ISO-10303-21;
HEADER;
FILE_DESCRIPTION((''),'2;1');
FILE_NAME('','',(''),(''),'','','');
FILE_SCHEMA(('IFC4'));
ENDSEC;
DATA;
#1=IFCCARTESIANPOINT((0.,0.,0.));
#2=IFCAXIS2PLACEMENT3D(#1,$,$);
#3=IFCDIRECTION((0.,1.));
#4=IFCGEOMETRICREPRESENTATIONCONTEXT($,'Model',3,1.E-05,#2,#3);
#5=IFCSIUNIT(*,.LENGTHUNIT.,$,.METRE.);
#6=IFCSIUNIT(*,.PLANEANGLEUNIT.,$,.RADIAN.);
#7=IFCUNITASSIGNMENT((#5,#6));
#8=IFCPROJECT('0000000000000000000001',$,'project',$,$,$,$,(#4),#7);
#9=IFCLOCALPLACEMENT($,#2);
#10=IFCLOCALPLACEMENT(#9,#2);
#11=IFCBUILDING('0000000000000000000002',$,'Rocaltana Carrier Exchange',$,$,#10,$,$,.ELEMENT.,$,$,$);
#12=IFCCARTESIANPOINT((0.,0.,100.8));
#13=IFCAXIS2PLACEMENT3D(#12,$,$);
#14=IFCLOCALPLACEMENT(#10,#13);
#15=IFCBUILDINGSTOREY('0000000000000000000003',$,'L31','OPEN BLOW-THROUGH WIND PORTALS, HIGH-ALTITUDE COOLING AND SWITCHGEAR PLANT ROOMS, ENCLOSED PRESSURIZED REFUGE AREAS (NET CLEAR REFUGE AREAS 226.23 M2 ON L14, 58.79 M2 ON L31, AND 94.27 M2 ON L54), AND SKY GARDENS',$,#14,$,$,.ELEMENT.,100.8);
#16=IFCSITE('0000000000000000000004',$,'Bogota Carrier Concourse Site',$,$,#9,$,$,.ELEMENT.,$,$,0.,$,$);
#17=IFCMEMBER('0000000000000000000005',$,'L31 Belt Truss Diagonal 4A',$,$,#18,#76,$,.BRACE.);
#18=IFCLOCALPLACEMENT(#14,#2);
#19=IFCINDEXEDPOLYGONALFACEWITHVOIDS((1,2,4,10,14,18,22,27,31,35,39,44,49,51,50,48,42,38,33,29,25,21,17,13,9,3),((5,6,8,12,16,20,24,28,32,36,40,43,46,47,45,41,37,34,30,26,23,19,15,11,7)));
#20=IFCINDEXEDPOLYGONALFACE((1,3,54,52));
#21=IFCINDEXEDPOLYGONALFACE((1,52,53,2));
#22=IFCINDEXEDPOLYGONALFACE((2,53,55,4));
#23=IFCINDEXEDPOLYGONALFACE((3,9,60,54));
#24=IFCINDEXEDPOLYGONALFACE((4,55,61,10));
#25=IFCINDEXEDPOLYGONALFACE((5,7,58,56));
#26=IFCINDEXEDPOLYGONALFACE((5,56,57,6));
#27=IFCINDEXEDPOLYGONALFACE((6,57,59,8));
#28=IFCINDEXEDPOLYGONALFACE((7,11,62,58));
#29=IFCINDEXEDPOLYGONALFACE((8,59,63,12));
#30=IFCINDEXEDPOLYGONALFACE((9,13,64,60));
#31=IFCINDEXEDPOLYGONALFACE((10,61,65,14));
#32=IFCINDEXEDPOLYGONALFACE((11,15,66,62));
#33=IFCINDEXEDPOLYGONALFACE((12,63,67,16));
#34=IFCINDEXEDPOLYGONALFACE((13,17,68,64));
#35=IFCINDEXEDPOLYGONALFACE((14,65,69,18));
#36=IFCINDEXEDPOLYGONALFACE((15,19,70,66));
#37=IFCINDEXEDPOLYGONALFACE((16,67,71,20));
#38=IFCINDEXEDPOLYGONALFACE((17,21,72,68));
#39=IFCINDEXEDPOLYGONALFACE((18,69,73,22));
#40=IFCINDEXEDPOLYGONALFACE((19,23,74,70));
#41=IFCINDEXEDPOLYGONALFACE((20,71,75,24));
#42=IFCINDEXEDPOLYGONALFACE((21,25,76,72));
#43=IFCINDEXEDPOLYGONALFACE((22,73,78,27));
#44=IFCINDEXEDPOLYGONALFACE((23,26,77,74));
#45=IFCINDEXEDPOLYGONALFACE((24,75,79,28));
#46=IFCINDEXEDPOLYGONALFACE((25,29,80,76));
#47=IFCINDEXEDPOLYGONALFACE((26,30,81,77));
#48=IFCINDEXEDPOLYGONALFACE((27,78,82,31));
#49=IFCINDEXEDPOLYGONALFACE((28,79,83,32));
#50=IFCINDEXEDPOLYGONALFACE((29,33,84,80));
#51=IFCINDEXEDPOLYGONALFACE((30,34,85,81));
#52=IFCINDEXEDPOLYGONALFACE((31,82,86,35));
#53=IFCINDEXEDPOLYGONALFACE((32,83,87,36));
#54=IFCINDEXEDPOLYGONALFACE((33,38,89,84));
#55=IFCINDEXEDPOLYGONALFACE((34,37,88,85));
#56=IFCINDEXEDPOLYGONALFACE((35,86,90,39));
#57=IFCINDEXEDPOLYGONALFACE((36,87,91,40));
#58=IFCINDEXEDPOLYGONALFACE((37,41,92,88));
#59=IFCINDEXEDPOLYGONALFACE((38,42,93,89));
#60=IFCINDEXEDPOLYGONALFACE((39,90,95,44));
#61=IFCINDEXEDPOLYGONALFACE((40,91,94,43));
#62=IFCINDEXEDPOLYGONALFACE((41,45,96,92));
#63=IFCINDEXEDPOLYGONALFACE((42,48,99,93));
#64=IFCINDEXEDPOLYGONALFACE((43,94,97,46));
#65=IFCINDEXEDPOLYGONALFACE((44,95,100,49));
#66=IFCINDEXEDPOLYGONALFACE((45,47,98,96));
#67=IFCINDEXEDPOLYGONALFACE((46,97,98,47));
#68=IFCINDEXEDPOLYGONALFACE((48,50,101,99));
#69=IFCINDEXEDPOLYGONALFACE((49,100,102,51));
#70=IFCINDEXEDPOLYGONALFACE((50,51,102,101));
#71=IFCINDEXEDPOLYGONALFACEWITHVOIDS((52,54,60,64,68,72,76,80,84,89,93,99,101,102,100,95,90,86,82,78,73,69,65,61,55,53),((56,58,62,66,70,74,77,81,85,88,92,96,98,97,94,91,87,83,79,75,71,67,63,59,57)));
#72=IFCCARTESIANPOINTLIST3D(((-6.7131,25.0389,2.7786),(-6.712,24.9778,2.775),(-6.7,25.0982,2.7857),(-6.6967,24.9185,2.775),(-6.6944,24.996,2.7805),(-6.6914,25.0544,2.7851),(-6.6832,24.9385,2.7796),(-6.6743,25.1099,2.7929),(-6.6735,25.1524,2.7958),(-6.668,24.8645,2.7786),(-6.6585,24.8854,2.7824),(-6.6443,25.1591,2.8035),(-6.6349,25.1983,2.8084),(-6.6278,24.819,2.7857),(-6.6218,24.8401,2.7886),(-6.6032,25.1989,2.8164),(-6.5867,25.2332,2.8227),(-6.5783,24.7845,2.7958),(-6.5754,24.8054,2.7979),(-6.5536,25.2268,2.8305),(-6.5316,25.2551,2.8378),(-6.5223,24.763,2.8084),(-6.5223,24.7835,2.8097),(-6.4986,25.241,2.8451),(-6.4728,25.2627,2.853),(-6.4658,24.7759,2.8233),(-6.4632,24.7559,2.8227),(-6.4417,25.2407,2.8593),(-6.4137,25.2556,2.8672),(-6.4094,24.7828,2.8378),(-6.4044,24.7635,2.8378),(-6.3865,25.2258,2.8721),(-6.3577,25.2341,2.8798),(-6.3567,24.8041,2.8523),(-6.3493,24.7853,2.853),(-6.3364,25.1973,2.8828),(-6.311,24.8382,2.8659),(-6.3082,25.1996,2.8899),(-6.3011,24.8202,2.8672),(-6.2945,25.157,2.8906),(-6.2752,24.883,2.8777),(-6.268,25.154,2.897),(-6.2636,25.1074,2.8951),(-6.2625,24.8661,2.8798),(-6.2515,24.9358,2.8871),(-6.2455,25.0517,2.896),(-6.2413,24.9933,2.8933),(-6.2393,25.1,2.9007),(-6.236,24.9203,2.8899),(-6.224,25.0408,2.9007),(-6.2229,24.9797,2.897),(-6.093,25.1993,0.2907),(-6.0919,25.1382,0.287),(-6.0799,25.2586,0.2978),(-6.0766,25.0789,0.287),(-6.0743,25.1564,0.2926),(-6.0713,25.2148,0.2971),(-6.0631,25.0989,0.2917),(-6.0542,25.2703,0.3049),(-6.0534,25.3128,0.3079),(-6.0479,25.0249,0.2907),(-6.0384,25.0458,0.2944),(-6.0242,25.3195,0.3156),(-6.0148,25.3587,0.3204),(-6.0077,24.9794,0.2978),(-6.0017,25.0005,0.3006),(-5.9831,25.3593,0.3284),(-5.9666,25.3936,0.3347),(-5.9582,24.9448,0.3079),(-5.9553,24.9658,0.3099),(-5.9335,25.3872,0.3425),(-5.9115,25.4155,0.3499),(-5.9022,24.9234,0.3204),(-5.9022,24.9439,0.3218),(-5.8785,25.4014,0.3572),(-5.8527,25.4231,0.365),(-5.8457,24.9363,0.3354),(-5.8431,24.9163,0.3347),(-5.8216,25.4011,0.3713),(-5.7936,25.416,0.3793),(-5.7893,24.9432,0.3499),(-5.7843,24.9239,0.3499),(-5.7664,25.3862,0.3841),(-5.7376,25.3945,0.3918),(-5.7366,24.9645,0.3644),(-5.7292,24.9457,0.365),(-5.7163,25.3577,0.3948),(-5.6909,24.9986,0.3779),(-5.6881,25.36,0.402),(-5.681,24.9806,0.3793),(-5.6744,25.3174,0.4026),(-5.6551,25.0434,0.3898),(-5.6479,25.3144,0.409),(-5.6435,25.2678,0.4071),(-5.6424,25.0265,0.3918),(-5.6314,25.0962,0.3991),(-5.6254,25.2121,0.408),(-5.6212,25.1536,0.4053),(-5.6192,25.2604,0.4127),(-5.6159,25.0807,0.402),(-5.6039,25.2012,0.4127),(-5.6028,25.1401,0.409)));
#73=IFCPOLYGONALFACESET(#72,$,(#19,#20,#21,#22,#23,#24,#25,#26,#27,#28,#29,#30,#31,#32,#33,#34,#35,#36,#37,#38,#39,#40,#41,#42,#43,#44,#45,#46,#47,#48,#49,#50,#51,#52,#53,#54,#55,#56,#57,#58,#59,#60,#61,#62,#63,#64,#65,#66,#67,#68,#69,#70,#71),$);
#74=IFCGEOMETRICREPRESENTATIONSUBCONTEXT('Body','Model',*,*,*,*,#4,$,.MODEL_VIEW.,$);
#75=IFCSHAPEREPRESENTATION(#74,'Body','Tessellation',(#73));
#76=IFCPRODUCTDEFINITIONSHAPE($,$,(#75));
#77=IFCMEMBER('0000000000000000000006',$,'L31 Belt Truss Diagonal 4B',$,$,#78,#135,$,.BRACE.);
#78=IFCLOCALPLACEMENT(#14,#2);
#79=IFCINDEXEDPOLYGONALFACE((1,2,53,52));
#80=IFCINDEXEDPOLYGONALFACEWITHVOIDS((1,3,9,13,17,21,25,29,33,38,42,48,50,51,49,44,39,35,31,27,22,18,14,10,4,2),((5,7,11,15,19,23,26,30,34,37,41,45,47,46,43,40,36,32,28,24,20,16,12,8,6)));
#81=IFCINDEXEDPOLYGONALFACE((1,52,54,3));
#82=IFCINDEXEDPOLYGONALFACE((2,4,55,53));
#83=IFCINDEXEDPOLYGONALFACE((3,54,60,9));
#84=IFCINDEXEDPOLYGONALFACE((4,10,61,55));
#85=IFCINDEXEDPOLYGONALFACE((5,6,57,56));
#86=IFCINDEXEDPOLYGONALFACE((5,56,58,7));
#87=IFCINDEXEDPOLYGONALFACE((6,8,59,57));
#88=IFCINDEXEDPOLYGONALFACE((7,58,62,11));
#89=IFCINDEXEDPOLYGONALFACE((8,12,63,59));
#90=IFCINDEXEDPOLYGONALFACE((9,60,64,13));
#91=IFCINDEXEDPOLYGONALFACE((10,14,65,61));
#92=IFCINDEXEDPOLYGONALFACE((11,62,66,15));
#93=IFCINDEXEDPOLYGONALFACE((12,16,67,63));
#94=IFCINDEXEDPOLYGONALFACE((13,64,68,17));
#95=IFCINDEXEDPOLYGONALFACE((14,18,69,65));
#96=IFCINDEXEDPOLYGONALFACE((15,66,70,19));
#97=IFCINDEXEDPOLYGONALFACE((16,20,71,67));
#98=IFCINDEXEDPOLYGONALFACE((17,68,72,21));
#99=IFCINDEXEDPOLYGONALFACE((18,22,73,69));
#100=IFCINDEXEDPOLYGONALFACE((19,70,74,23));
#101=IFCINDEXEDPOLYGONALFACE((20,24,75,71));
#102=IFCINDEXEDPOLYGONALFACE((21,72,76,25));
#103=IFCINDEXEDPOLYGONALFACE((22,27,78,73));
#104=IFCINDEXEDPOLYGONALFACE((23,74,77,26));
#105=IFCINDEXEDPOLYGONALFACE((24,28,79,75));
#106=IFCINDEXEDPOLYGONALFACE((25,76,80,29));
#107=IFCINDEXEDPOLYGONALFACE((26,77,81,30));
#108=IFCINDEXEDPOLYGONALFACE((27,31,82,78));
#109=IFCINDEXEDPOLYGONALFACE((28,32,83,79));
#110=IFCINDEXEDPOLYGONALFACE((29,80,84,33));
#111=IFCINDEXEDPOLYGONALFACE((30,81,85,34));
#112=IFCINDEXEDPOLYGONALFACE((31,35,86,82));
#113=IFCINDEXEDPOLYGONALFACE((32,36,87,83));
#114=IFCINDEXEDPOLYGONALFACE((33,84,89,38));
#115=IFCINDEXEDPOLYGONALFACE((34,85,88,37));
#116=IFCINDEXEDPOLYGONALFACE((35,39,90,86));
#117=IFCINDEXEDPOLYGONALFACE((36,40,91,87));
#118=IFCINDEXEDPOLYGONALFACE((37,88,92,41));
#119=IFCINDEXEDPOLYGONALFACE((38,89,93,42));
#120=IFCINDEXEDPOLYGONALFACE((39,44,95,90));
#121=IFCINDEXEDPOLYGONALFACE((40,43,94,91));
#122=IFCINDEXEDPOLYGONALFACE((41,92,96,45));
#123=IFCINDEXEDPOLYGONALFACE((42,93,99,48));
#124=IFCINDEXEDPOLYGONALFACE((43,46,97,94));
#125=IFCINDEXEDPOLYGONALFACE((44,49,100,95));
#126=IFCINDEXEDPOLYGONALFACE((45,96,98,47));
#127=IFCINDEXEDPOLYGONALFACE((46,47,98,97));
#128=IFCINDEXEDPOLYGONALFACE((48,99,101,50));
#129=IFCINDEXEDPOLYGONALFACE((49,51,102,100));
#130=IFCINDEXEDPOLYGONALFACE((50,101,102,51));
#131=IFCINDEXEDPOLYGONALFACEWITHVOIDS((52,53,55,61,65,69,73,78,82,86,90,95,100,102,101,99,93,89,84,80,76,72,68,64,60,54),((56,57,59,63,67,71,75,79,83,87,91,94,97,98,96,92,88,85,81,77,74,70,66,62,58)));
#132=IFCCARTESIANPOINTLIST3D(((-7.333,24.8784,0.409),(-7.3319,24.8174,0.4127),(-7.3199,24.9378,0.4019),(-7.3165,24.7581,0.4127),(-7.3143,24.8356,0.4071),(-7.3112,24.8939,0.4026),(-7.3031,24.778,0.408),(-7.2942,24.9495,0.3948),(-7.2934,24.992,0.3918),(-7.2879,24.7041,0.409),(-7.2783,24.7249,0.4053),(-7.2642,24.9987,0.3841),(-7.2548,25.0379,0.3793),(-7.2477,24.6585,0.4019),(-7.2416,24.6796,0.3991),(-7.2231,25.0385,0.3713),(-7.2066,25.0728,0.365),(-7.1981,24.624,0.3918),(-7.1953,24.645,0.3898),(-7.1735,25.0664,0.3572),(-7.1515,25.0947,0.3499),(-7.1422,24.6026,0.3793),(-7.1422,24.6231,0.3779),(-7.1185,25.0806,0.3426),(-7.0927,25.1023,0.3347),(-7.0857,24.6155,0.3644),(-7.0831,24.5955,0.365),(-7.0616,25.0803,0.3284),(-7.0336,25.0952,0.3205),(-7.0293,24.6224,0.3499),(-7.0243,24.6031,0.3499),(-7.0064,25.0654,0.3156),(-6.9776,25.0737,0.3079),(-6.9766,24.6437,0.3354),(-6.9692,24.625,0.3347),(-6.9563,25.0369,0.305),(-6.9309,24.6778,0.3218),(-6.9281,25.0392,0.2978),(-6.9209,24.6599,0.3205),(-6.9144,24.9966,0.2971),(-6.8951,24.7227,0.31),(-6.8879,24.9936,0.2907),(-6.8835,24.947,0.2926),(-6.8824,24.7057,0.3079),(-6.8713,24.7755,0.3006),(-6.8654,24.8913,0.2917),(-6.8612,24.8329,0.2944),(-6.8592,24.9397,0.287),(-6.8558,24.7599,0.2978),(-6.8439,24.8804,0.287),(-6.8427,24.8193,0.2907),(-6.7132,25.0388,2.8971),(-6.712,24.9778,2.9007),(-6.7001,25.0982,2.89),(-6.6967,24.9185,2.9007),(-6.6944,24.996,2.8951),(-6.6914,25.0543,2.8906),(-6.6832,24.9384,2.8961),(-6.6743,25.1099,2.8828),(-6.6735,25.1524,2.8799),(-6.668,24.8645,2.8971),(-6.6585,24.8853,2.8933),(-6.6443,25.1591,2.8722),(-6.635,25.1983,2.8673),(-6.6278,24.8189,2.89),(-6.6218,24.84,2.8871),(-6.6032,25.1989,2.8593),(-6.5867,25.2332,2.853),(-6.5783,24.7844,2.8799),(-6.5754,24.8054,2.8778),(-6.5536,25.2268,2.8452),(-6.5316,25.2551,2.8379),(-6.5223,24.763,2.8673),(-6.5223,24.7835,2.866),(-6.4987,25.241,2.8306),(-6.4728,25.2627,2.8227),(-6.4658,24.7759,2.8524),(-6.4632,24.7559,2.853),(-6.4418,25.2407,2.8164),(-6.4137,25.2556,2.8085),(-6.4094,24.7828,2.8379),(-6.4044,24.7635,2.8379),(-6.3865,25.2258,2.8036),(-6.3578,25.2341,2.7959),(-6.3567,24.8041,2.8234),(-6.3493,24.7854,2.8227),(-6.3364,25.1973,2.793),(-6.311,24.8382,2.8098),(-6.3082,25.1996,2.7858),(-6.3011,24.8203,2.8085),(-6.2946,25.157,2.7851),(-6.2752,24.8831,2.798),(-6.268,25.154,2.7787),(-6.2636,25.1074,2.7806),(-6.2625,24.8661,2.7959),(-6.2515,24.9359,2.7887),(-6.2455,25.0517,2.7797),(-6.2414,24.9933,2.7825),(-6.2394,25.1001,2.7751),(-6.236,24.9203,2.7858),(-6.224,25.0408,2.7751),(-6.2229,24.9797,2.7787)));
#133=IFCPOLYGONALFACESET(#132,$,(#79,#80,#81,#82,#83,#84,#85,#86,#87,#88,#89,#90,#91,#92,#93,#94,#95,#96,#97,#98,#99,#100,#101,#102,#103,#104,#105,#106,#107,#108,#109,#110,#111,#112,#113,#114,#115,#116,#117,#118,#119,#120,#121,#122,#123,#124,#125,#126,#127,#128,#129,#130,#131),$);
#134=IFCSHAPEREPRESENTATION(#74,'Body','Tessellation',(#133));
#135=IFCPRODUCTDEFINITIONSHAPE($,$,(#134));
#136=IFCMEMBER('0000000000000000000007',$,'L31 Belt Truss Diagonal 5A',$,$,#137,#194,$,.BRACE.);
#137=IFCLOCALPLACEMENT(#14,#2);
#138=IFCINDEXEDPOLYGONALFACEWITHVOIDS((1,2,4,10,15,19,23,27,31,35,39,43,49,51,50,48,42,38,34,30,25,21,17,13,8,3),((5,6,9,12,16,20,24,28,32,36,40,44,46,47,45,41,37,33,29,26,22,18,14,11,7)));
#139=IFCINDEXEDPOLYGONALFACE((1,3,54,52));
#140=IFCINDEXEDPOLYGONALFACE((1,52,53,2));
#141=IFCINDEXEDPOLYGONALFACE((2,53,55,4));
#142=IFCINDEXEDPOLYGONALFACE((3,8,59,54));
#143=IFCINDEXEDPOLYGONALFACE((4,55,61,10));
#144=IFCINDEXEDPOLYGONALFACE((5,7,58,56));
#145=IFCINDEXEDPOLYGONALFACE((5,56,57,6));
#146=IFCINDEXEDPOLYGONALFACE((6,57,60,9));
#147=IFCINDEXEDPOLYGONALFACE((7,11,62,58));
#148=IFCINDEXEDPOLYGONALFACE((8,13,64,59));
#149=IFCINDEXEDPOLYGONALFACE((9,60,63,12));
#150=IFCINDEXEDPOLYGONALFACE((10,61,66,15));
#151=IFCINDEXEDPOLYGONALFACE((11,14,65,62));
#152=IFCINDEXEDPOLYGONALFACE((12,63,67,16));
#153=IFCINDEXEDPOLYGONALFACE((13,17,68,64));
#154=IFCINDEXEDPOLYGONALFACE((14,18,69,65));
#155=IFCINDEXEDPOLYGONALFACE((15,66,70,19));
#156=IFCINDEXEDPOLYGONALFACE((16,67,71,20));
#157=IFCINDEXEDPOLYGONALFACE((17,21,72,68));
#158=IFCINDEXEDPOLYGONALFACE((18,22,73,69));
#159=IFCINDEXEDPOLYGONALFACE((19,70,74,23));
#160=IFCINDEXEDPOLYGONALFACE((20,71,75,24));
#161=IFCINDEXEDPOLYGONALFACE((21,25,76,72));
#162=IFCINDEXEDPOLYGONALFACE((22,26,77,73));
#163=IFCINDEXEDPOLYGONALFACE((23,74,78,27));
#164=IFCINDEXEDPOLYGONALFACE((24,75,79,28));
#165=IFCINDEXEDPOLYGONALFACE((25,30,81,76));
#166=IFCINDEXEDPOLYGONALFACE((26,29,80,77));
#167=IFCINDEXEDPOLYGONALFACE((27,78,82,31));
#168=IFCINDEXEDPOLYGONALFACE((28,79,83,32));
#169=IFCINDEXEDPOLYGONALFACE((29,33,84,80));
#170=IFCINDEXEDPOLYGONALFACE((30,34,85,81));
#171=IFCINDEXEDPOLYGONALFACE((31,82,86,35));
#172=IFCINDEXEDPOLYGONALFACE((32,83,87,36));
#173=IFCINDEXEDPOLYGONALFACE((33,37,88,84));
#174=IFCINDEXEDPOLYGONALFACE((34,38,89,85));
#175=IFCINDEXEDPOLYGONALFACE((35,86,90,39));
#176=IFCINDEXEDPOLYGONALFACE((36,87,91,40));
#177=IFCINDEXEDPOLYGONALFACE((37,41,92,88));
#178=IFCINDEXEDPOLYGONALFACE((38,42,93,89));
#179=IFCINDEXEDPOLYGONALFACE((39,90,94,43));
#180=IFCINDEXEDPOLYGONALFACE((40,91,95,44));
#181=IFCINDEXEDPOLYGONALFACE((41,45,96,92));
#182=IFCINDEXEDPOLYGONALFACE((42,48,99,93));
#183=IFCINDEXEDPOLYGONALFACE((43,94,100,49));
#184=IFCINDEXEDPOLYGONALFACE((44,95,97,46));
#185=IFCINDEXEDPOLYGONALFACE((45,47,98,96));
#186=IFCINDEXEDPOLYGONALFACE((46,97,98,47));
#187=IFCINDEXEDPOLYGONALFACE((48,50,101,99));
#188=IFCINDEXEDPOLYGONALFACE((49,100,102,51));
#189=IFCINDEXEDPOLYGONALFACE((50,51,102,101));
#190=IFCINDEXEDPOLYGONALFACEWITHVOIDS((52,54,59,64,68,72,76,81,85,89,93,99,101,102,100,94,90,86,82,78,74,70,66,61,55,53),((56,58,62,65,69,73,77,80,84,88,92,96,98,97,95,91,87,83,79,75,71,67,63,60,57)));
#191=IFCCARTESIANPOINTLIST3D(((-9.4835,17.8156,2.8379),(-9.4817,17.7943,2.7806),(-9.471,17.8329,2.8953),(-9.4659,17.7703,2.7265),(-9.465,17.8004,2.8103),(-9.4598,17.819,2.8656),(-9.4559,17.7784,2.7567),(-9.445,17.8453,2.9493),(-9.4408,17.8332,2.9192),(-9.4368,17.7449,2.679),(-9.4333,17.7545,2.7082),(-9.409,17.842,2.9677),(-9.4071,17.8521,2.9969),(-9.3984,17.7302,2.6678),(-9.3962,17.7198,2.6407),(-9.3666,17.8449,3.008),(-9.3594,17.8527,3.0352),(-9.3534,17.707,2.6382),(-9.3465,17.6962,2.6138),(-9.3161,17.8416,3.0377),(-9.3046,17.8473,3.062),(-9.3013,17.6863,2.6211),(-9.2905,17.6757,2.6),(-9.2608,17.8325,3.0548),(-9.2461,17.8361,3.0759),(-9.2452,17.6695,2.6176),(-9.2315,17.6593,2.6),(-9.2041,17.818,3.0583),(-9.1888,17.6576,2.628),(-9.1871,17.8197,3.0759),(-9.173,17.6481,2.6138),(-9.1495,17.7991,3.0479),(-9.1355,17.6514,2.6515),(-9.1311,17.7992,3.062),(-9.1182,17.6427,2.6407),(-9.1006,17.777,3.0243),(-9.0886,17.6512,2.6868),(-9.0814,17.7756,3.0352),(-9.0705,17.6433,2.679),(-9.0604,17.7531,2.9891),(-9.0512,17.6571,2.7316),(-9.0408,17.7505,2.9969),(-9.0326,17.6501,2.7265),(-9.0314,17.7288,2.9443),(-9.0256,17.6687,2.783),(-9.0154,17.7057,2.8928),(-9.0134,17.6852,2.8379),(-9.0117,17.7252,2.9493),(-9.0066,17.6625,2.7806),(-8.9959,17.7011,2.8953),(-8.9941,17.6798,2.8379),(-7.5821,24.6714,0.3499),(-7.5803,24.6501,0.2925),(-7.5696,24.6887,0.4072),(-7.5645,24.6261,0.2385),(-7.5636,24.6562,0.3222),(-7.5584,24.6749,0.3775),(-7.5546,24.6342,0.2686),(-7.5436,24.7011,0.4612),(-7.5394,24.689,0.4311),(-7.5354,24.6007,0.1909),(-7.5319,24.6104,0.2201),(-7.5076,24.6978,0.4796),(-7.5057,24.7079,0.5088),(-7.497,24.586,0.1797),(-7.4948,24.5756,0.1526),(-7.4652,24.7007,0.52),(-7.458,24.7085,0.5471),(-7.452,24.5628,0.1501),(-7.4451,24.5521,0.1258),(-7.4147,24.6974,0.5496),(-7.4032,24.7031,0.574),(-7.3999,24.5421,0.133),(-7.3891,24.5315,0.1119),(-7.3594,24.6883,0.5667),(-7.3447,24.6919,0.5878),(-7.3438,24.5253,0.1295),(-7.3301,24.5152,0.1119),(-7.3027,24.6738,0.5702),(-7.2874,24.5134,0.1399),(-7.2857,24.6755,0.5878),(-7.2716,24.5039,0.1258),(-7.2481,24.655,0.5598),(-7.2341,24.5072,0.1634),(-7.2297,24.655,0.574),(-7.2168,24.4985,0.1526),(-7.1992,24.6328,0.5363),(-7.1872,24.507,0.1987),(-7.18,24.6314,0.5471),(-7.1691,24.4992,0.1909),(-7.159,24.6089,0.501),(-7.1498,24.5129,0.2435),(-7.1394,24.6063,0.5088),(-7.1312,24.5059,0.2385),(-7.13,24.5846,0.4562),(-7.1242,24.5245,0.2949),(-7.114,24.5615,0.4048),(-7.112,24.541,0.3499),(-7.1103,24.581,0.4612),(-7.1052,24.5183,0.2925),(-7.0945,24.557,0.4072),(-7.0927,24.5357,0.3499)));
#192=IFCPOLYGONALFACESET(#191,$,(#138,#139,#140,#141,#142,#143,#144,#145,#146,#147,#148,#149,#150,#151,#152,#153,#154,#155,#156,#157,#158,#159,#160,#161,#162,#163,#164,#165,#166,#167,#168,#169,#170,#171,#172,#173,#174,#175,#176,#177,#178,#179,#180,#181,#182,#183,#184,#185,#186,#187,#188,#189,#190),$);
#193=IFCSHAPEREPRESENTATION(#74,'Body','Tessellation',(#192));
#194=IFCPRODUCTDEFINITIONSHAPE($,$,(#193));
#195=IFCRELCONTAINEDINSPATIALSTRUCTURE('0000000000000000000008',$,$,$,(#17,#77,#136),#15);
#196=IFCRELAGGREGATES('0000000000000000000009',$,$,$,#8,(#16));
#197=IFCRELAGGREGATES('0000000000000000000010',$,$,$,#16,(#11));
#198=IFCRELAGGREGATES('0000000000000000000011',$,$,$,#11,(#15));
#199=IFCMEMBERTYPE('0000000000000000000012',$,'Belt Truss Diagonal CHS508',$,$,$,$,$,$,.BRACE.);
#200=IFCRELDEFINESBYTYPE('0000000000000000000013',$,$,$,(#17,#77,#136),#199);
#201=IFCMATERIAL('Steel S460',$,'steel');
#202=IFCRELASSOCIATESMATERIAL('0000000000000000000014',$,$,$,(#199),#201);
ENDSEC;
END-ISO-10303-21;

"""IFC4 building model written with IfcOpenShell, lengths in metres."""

from ifc_helpers import new_model, si_unit, direction, frame, origin, origin_2d, place, context, subcontext, project, spatial, hollow_circle, extrude, material, material_profile, profile_set, type_object, element, save


model = new_model("IFC4")

# Units and contexts
model_context = context("Model", 3, precision=1e-05, world=origin(), true_north=direction((0.0, 1.0)))
body_context = subcontext(model_context, "Body", "Model", "MODEL_VIEW")
ifc_project = project(units=[si_unit("LENGTHUNIT", "METRE"), si_unit("PLANEANGLEUNIT", "RADIAN")], contexts=[model_context])

# Site, building, storey
site_placement = place(None, origin())
site = spatial("IfcSite", under=ifc_project, at=site_placement, Name="Bogota Carrier Concourse Site", CompositionType="ELEMENT", RefElevation=0.0)
building_placement = place(site_placement, origin())
building = spatial("IfcBuilding", under=site, at=building_placement, Name="Rocaltana Carrier Exchange", CompositionType="ELEMENT")
storey_placement = place(building_placement, frame((0.0, 0.0, 100.8)))
storey = spatial("IfcBuildingStorey", under=building, at=storey_placement, Name="L31", Description="OPEN BLOW-THROUGH WIND PORTALS, HIGH-ALTITUDE COOLING AND SWITCHGEAR PLANT ROOMS, ENCLOSED PRESSURIZED REFUGE AREAS (NET CLEAR REFUGE AREAS 226.23 M2 ON L14, 58.79 M2 ON L31, AND 94.27 M2 ON L54), AND SKY GARDENS", CompositionType="ELEMENT", Elevation=100.8)

# Members
ifc_material_1 = material(Name="Steel S460", Category="steel")
ifc_material_profile_1 = material_profile(ifc_material_1, hollow_circle(Radius=0.2539, WallThickness=0.02, at=origin_2d()), Name="CHS508X20")
ifc_profile_set_1 = profile_set([ifc_material_profile_1], Name="Steel S460")
member_type_1 = type_object("IfcMemberType", Name="Belt Truss Diagonal CHS508", PredefinedType="BRACE", material=ifc_profile_set_1)
for number, where, z_axis, x_axis, name in (
    (1, (-5.8479, 25.1697, 0.3499), (-0.241369, -0.062433, 0.968423), (0.25042, -0.968137, 0.0), "L31 Belt Truss Diagonal 4A"),
    (2, (-6.468, 25.0093, 2.8379), (-0.24128, -0.062434, -0.968445), (0.250512, -0.968113, 0.0), "L31 Belt Truss Diagonal 4B"),
):
    element("IfcMember", number, at=place(storey_placement, frame(where, z_axis=z_axis, x_axis=x_axis)), inside=storey, type_object=member_type_1, Name=name, PredefinedType="BRACE", context=body_context, shape_type="SweptSolid", body=[
        extrude(hollow_circle(Radius=0.2539, WallThickness=0.02, at=origin_2d()), origin(), (0.0, 0.0, 1.0), 2.5691),
    ])
member_1_placement = place(storey_placement, frame((-7.3374, 24.6035, 0.3499), z_axis=(-0.252271, -0.909608, 0.33011), x_axis=(0.963626, -0.267253, 0.0)))
element("IfcMember", 3, at=member_1_placement, inside=storey, type_object=member_type_1, Name="L31 Belt Truss Diagonal 5A", PredefinedType="BRACE", context=body_context, shape_type="SweptSolid", body=[
    extrude(hollow_circle(Radius=0.2539, WallThickness=0.02, at=origin_2d()), origin(), (0.0, 0.0, 1.0), 7.5371),
])

save(model, "model.ifc")
